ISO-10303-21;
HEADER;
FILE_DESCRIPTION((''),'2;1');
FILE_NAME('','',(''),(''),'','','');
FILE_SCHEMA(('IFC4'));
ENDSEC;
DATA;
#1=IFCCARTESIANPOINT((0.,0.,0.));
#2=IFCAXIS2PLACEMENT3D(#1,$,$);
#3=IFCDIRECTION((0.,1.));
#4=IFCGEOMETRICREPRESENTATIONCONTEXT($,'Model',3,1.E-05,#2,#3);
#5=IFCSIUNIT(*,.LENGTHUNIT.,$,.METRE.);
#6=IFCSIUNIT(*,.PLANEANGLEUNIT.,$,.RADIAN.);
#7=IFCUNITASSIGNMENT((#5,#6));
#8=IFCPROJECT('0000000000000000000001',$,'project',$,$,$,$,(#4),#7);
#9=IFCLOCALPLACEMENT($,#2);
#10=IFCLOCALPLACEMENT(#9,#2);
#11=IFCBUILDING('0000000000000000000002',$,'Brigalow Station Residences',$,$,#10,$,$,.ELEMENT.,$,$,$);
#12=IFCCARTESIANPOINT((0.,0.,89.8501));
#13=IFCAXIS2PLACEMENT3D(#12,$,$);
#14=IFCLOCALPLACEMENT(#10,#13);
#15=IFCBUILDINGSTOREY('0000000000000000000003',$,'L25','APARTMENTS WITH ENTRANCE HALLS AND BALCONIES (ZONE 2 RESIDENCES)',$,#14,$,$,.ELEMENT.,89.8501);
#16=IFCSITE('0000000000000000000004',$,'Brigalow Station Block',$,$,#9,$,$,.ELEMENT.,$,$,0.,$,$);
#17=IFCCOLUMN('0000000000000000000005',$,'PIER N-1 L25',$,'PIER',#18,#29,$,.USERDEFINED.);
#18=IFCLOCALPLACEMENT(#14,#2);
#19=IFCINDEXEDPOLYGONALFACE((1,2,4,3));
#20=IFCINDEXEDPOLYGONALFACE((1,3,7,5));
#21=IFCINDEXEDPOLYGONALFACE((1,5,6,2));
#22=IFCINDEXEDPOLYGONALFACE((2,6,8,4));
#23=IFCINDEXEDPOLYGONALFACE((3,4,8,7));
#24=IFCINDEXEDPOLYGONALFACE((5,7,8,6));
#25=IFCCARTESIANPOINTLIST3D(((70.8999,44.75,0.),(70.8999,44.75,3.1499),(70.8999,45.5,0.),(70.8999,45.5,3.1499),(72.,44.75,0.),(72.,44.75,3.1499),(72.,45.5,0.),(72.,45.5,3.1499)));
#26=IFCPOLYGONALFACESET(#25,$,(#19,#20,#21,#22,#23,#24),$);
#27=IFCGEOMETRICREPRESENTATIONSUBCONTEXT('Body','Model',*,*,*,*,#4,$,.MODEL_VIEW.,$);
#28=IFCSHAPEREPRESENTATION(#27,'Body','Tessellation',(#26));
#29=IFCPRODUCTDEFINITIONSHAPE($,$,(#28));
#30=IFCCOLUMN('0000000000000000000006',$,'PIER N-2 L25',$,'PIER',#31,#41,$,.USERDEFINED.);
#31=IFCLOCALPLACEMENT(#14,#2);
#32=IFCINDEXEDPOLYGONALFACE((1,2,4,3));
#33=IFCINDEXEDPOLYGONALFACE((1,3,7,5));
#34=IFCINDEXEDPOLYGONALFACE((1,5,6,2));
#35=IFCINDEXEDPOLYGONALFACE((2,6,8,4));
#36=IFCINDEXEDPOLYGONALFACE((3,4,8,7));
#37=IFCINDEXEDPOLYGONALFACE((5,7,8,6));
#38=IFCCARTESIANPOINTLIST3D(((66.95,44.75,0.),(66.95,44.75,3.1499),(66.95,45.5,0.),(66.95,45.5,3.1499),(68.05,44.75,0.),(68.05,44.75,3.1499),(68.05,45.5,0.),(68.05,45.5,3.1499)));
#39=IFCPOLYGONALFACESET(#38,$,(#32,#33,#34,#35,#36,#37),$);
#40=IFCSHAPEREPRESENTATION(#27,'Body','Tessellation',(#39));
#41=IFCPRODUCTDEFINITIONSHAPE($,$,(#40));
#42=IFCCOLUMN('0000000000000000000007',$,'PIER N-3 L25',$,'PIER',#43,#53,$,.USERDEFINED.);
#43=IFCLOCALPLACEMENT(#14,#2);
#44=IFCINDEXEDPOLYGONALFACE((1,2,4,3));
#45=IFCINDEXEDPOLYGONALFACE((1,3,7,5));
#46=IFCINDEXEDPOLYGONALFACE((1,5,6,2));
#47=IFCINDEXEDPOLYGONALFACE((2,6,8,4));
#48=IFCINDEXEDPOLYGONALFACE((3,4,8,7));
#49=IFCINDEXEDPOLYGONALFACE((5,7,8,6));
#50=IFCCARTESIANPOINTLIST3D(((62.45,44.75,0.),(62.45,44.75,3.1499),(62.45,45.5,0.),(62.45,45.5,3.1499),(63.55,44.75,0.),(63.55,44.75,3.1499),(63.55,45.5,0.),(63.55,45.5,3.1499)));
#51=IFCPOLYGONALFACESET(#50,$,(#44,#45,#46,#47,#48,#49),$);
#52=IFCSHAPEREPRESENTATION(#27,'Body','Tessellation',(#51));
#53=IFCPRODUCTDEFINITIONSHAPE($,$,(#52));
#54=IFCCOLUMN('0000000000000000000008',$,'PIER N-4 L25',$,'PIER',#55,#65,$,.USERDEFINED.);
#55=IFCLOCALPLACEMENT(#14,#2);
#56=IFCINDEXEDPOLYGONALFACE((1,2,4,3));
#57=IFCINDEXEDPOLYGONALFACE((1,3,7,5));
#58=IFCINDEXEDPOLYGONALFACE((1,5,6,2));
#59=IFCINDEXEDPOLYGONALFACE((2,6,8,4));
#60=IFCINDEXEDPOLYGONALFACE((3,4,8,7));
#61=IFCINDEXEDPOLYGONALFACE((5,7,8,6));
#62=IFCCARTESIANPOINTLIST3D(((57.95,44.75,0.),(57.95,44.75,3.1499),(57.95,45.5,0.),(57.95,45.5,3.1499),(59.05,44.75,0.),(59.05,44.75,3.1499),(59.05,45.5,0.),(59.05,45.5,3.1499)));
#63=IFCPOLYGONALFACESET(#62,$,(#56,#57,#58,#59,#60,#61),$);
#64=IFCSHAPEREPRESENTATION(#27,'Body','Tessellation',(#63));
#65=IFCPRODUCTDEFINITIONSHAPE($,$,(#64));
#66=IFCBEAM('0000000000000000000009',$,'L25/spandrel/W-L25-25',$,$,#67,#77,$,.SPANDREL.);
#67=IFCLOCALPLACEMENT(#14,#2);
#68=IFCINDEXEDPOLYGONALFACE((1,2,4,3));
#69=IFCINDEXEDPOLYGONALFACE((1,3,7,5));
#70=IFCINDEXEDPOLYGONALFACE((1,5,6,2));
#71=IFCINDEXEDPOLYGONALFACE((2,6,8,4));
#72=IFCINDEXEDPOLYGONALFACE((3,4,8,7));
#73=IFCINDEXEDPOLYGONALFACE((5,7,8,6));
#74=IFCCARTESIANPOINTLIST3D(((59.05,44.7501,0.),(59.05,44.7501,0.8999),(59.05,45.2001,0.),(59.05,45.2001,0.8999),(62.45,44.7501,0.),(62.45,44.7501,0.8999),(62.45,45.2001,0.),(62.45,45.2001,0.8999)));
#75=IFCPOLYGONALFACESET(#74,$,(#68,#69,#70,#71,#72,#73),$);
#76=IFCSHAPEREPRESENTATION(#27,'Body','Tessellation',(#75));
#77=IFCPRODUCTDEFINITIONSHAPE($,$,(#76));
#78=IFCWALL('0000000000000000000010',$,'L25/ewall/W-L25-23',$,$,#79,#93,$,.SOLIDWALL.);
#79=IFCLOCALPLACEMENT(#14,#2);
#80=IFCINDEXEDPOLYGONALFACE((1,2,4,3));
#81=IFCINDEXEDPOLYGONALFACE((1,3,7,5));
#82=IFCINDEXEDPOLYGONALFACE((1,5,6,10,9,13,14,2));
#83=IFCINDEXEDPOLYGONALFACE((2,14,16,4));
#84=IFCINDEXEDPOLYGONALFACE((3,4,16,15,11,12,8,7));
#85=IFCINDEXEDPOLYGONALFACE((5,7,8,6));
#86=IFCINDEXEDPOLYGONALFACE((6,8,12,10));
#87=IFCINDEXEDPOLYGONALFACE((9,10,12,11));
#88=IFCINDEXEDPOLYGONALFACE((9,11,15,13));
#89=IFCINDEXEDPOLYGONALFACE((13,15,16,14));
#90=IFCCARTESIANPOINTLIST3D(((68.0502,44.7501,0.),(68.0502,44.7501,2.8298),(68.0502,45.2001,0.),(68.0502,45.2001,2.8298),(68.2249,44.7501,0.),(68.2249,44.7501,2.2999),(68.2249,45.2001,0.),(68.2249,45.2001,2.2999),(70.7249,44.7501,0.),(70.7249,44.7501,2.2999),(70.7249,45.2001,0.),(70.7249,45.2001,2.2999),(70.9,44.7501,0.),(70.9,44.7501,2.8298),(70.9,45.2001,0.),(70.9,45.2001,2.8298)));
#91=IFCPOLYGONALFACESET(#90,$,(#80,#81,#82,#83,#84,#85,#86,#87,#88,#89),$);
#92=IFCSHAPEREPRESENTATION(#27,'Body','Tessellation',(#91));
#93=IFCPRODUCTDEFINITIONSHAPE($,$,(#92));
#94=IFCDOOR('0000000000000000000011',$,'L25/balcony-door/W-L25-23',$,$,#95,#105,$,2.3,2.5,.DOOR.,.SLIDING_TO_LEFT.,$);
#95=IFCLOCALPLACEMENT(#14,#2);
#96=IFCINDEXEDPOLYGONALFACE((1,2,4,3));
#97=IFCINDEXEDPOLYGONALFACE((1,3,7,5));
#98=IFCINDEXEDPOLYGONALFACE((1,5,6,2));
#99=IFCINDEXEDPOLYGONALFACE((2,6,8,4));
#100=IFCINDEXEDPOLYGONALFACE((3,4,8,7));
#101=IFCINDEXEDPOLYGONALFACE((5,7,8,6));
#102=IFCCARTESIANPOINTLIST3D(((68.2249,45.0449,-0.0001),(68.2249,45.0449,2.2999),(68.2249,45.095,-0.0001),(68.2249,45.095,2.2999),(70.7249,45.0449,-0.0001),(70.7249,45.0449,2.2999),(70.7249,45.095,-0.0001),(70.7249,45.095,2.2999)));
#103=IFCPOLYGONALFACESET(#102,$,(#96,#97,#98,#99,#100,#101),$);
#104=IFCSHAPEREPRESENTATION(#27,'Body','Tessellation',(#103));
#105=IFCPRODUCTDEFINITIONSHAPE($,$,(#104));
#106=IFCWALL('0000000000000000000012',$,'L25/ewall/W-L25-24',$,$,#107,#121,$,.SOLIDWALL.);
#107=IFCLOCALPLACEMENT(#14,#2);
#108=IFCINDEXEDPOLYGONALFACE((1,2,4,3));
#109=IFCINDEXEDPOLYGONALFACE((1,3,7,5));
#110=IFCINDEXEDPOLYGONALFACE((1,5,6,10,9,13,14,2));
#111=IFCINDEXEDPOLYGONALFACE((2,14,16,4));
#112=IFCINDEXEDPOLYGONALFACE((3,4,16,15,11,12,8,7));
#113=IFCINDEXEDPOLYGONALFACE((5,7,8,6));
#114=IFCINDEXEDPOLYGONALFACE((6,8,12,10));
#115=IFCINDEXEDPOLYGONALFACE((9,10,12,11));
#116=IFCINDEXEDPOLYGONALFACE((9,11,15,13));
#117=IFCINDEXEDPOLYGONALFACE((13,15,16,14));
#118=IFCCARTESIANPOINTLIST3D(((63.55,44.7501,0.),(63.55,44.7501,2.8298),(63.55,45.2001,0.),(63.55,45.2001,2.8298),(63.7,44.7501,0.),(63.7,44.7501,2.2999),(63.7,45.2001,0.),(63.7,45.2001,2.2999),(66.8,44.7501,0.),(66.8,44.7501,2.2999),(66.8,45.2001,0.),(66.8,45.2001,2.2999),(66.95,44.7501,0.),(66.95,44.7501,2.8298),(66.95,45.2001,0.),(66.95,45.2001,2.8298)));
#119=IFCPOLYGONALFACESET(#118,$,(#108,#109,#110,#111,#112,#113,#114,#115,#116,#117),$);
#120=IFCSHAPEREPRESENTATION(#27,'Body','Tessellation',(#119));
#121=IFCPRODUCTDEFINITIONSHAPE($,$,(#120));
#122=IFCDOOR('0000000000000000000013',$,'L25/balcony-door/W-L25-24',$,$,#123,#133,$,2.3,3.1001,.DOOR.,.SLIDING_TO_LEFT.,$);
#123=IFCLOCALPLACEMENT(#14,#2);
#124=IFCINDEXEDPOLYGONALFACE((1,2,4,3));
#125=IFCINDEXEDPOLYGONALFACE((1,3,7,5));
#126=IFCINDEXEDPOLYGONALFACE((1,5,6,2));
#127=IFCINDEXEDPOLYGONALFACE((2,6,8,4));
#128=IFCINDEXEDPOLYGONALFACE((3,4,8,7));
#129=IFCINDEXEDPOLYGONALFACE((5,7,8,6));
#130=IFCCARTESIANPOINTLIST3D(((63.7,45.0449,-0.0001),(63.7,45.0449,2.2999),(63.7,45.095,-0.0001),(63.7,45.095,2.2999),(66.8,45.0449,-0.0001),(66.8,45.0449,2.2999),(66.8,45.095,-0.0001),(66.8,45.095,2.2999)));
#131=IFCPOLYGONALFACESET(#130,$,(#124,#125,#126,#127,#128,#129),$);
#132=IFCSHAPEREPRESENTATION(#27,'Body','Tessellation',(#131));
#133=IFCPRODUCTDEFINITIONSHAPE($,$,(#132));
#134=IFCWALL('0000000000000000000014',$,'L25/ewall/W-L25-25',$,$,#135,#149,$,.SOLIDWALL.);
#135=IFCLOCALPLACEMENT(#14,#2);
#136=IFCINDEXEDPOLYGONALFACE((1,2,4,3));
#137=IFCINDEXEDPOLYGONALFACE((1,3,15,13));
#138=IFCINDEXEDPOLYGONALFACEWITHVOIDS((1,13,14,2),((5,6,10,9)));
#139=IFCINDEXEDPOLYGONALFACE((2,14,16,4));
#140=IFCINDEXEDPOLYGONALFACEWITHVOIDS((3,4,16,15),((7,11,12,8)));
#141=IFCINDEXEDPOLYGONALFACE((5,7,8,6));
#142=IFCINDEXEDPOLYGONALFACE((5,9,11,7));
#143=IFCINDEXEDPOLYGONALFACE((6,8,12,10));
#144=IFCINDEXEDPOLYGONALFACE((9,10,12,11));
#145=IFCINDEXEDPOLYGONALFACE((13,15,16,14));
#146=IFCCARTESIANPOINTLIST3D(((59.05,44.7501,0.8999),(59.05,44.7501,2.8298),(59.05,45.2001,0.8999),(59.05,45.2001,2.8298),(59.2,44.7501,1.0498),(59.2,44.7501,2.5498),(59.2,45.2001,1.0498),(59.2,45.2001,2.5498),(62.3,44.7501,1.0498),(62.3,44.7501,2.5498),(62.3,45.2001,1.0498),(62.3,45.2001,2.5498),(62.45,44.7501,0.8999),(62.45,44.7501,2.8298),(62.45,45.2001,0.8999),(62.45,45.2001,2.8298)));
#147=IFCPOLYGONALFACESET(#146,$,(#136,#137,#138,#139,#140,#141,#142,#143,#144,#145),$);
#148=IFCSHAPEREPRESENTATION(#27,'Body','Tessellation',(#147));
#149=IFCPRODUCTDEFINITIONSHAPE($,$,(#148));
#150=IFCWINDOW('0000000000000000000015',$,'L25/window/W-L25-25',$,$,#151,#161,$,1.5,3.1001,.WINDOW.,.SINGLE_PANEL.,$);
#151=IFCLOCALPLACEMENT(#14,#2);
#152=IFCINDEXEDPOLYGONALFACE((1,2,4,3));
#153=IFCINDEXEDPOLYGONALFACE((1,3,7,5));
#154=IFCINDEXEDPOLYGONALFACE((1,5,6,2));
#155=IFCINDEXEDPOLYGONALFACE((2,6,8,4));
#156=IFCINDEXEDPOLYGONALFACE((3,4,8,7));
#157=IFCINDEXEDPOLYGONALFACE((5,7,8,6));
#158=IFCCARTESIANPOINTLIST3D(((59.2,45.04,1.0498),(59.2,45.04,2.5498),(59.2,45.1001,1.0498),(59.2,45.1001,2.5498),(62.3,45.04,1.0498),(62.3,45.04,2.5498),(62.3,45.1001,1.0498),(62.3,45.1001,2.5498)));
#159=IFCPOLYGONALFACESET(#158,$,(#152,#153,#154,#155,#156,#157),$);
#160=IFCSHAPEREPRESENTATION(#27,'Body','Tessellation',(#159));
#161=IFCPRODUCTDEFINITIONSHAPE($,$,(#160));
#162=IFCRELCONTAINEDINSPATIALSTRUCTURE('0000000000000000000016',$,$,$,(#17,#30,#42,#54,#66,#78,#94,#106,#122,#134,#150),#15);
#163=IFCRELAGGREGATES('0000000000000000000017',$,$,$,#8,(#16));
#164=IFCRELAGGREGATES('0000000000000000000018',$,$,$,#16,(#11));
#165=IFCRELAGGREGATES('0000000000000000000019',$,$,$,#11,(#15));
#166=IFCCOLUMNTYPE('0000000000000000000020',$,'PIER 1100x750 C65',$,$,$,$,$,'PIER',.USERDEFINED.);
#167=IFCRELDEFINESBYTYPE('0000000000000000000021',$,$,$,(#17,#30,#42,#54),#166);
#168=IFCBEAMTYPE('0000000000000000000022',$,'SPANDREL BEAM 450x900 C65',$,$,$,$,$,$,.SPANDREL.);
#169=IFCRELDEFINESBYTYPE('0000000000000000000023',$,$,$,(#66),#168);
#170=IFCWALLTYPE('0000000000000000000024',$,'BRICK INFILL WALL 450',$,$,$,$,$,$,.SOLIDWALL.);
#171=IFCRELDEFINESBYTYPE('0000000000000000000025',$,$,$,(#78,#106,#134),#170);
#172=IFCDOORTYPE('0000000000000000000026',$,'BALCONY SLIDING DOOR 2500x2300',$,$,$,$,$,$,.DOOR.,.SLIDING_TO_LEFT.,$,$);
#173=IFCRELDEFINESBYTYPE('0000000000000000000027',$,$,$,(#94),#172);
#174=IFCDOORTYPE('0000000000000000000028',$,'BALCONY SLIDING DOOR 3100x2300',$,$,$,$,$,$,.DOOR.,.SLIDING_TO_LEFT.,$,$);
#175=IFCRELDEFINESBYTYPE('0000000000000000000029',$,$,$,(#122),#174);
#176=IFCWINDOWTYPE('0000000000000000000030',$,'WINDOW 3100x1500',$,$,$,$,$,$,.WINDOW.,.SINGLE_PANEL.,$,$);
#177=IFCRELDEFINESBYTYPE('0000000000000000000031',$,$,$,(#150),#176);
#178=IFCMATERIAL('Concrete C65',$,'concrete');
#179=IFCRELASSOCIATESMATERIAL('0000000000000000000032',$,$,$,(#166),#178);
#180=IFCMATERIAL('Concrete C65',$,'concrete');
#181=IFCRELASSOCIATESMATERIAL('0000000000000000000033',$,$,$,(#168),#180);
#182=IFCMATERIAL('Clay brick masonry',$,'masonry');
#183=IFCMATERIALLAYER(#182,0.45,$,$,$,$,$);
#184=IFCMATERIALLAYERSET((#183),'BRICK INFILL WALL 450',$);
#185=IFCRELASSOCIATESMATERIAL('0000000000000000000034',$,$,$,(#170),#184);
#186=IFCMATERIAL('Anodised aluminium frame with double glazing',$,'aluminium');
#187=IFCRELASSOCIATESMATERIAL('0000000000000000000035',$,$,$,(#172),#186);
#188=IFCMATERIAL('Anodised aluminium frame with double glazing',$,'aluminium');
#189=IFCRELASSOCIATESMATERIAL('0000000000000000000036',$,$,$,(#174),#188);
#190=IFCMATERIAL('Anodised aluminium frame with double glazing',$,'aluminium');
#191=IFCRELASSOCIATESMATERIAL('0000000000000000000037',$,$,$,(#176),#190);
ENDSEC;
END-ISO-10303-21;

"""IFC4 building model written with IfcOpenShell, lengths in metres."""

from ifc_helpers import new_model, si_unit, direction, frame, frame_2d, origin, origin_2d, place, context, subcontext, project, spatial, rectangle, extrude, material, layer, layer_set, material_profile, profile_set, type_object, element, fill, save


model = new_model("IFC4")

# Units and contexts
model_context = context("Model", 3, precision=1e-05, world=origin(), true_north=direction((0.0, 1.0)))
body_context = subcontext(model_context, "Body", "Model", "MODEL_VIEW")
ifc_project = project(units=[si_unit("LENGTHUNIT", "METRE"), si_unit("PLANEANGLEUNIT", "RADIAN")], contexts=[model_context])

# Site, building, storey
site_placement = place(None, origin())
site = spatial("IfcSite", under=ifc_project, at=site_placement, Name="Brigalow Station Block", CompositionType="ELEMENT", RefElevation=0.0)
building_placement = place(site_placement, origin())
building = spatial("IfcBuilding", under=site, at=building_placement, Name="Brigalow Station Residences", CompositionType="ELEMENT")
storey_placement = place(building_placement, frame((0.0, 0.0, 89.8501)))
storey = spatial("IfcBuildingStorey", under=building, at=storey_placement, Name="L25", Description="APARTMENTS WITH ENTRANCE HALLS AND BALCONIES (ZONE 2 RESIDENCES)", CompositionType="ELEMENT", Elevation=89.8501)

# Columns
ifc_material_1 = material(Name="Concrete C65", Category="concrete")
ifc_material_profile_1 = material_profile(ifc_material_1, rectangle(XDim=1.1001, YDim=0.75, at=origin_2d()), Name="RC1100x750")
ifc_profile_set_1 = profile_set([ifc_material_profile_1], Name="Concrete C65")
column_type = type_object("IfcColumnType", Name="PIER 1100x750 C65", ElementType="PIER", PredefinedType="USERDEFINED", material=ifc_profile_set_1)
for number, where, z_axis, x_axis, name in (
    (1, (71.45, 45.125, 0.0), (0.0, 0.0, 1.0), (-1.0, 0.0, 0.0), "PIER N-1 L25"),
    (2, (67.5, 45.125, 0.0), (0.0, 0.0, 1.0), (-1.0, 0.0, 0.0), "PIER N-2 L25"),
    (3, (63.0, 45.125, 0.0), (0.0, 0.0, 1.0), (-1.0, 0.0, 0.0), "PIER N-3 L25"),
    (4, (58.5, 45.125, 0.0), (0.0, 0.0, 1.0), (-1.0, 0.0, 0.0), "PIER N-4 L25"),
):
    element("IfcColumn", number, at=place(storey_placement, frame(where, z_axis=z_axis, x_axis=x_axis)), inside=storey, type_object=column_type, Name=name, ObjectType="PIER", PredefinedType="USERDEFINED", context=body_context, shape_type="SweptSolid", body=[
        extrude(rectangle(XDim=1.1001, YDim=0.75, at=origin_2d()), origin(), (0.0, 0.0, 1.0), 3.1499),
    ])

# Beam
ifc_material_2 = material(Name="Concrete C65", Category="concrete")
ifc_material_profile_2 = material_profile(ifc_material_2, rectangle(XDim=0.45, YDim=0.8999, at=origin_2d()), Name="RC450x900")
ifc_profile_set_2 = profile_set([ifc_material_profile_2], Name="Concrete C65")
beam_type = type_object("IfcBeamType", Name="SPANDREL BEAM 450x900 C65", PredefinedType="SPANDREL", material=ifc_profile_set_2)
beam_placement = place(storey_placement, frame((62.45, 44.9751, 0.45), z_axis=(-1.0, 0.0, 0.0), x_axis=(0.0, -1.0, 0.0)))
element("IfcBeam", 5, at=beam_placement, inside=storey, type_object=beam_type, Name="L25/spandrel/W-L25-25", PredefinedType="SPANDREL", context=body_context, shape_type="SweptSolid", body=[
    extrude(rectangle(XDim=0.45, YDim=0.8999, at=origin_2d()), origin(), (0.0, 0.0, 1.0), 3.3999),
])

# Walls, openings, doors
ifc_material_3 = material(Name="Clay brick masonry", Category="masonry")
ifc_layer_1 = layer(ifc_material_3, 0.45)
ifc_layer_set_1 = layer_set([ifc_layer_1], Name="BRICK INFILL WALL 450")
wall_type_1 = type_object("IfcWallType", Name="BRICK INFILL WALL 450", PredefinedType="SOLIDWALL", material=ifc_layer_set_1)
wall_1_placement = place(storey_placement, frame((70.8999, 44.9751, 0.0), z_axis=(0.0, 0.0, 1.0), x_axis=(-1.0, 0.0, 0.0)))
wall_1 = element("IfcWall", 6, at=wall_1_placement, inside=storey, type_object=wall_type_1, Name="L25/ewall/W-L25-23", PredefinedType="SOLIDWALL", context=body_context, shape_type="SweptSolid", body=[
    extrude(rectangle(XDim=2.8499, YDim=0.45, at=frame_2d((1.4248, 0.0))), origin(), (0.0, 0.0, 1.0), 2.8298),
])
opening_1_placement = place(wall_1_placement, frame((0.175, 0.0, 0.0)))
opening_1 = element("IfcOpeningElement", 7, at=opening_1_placement, cuts=wall_1, PredefinedType="OPENING", context=body_context, shape_type="SweptSolid", body=[
    extrude(rectangle(XDim=2.5, YDim=2.3, at=frame_2d((1.25, 1.1499))), frame((0.0, 0.2349, 0.0), z_axis=(0.0, -1.0, 0.0), x_axis=(1.0, 0.0, 0.0)), (0.0, 0.0, 1.0), 0.47),
])
ifc_material_4 = material(Name="Anodised aluminium frame with double glazing", Category="aluminium")
door_type_1 = type_object("IfcDoorType", Name="BALCONY SLIDING DOOR 2500x2300", OperationType="SLIDING_TO_LEFT", PredefinedType="DOOR", material=ifc_material_4)
door_1_placement = place(opening_1_placement, origin())
door_1 = element("IfcDoor", 8, at=door_1_placement, inside=storey, type_object=door_type_1, Name="L25/balcony-door/W-L25-23", OperationType="SLIDING_TO_LEFT", OverallHeight=2.3, OverallWidth=2.5, PredefinedType="DOOR", context=body_context, shape_type="SweptSolid", body=[
    extrude(rectangle(XDim=2.5, YDim=2.3, at=frame_2d((1.25, 1.1499))), frame((0.0, -0.0698, 0.0), z_axis=(0.0, -1.0, 0.0), x_axis=(1.0, 0.0, 0.0)), (0.0, 0.0, 1.0), 0.05),
])
fill(opening_1, door_1)
wall_2_placement = place(storey_placement, frame((66.95, 44.9751, 0.0), z_axis=(0.0, 0.0, 1.0), x_axis=(-1.0, 0.0, 0.0)))
wall_2 = element("IfcWall", 9, at=wall_2_placement, inside=storey, type_object=wall_type_1, Name="L25/ewall/W-L25-24", PredefinedType="SOLIDWALL", context=body_context, shape_type="SweptSolid", body=[
    extrude(rectangle(XDim=3.3999, YDim=0.45, at=frame_2d((1.7, 0.0))), origin(), (0.0, 0.0, 1.0), 2.8298),
])
opening_2_placement = place(wall_2_placement, frame((0.1499, 0.0, 0.0)))
opening_2 = element("IfcOpeningElement", 10, at=opening_2_placement, cuts=wall_2, PredefinedType="OPENING", context=body_context, shape_type="SweptSolid", body=[
    extrude(rectangle(XDim=3.1001, YDim=2.3, at=frame_2d((1.55, 1.1499))), frame((0.0, 0.2349, 0.0), z_axis=(0.0, -1.0, 0.0), x_axis=(1.0, 0.0, 0.0)), (0.0, 0.0, 1.0), 0.47),
])
ifc_material_5 = material(Name="Anodised aluminium frame with double glazing", Category="aluminium")
door_type_2 = type_object("IfcDoorType", Name="BALCONY SLIDING DOOR 3100x2300", OperationType="SLIDING_TO_LEFT", PredefinedType="DOOR", material=ifc_material_5)
door_2_placement = place(opening_2_placement, origin())
door_2 = element("IfcDoor", 11, at=door_2_placement, inside=storey, type_object=door_type_2, Name="L25/balcony-door/W-L25-24", OperationType="SLIDING_TO_LEFT", OverallHeight=2.3, OverallWidth=3.1001, PredefinedType="DOOR", context=body_context, shape_type="SweptSolid", body=[
    extrude(rectangle(XDim=3.1001, YDim=2.3, at=frame_2d((1.55, 1.1499))), frame((0.0, -0.0698, 0.0), z_axis=(0.0, -1.0, 0.0), x_axis=(1.0, 0.0, 0.0)), (0.0, 0.0, 1.0), 0.05),
])
fill(opening_2, door_2)

# Wall, opening, window
wall_3_placement = place(storey_placement, frame((62.45, 44.9751, 0.8999), z_axis=(0.0, 0.0, 1.0), x_axis=(-1.0, 0.0, 0.0)))
wall_3 = element("IfcWall", 12, at=wall_3_placement, inside=storey, type_object=wall_type_1, Name="L25/ewall/W-L25-25", PredefinedType="SOLIDWALL", context=body_context, shape_type="SweptSolid", body=[
    extrude(rectangle(XDim=3.3999, YDim=0.45, at=frame_2d((1.7, 0.0))), origin(), (0.0, 0.0, 1.0), 1.9299),
])
opening_3_placement = place(wall_3_placement, frame((0.1499, 0.0, 0.1499)))
opening_3 = element("IfcOpeningElement", 13, at=opening_3_placement, cuts=wall_3, PredefinedType="OPENING", context=body_context, shape_type="SweptSolid", body=[
    extrude(rectangle(XDim=3.1001, YDim=1.5, at=frame_2d((1.55, 0.75))), frame((0.0, 0.2349, 0.0), z_axis=(0.0, -1.0, 0.0), x_axis=(1.0, 0.0, 0.0)), (0.0, 0.0, 1.0), 0.47),
])
ifc_material_6 = material(Name="Anodised aluminium frame with double glazing", Category="aluminium")
window_type = type_object("IfcWindowType", Name="WINDOW 3100x1500", PartitioningType="SINGLE_PANEL", PredefinedType="WINDOW", material=ifc_material_6)
window_placement = place(opening_3_placement, origin())
window = element("IfcWindow", 14, at=window_placement, inside=storey, type_object=window_type, Name="L25/window/W-L25-25", OverallHeight=1.5, OverallWidth=3.1001, PartitioningType="SINGLE_PANEL", PredefinedType="WINDOW", context=body_context, shape_type="SweptSolid", body=[
    extrude(rectangle(XDim=3.1001, YDim=1.5, at=frame_2d((1.55, 0.75))), frame((0.0, -0.0649, 0.0), z_axis=(0.0, -1.0, 0.0), x_axis=(1.0, 0.0, 0.0)), (0.0, 0.0, 1.0), 0.0601),
])
fill(opening_3, window)

save(model, "model.ifc")
